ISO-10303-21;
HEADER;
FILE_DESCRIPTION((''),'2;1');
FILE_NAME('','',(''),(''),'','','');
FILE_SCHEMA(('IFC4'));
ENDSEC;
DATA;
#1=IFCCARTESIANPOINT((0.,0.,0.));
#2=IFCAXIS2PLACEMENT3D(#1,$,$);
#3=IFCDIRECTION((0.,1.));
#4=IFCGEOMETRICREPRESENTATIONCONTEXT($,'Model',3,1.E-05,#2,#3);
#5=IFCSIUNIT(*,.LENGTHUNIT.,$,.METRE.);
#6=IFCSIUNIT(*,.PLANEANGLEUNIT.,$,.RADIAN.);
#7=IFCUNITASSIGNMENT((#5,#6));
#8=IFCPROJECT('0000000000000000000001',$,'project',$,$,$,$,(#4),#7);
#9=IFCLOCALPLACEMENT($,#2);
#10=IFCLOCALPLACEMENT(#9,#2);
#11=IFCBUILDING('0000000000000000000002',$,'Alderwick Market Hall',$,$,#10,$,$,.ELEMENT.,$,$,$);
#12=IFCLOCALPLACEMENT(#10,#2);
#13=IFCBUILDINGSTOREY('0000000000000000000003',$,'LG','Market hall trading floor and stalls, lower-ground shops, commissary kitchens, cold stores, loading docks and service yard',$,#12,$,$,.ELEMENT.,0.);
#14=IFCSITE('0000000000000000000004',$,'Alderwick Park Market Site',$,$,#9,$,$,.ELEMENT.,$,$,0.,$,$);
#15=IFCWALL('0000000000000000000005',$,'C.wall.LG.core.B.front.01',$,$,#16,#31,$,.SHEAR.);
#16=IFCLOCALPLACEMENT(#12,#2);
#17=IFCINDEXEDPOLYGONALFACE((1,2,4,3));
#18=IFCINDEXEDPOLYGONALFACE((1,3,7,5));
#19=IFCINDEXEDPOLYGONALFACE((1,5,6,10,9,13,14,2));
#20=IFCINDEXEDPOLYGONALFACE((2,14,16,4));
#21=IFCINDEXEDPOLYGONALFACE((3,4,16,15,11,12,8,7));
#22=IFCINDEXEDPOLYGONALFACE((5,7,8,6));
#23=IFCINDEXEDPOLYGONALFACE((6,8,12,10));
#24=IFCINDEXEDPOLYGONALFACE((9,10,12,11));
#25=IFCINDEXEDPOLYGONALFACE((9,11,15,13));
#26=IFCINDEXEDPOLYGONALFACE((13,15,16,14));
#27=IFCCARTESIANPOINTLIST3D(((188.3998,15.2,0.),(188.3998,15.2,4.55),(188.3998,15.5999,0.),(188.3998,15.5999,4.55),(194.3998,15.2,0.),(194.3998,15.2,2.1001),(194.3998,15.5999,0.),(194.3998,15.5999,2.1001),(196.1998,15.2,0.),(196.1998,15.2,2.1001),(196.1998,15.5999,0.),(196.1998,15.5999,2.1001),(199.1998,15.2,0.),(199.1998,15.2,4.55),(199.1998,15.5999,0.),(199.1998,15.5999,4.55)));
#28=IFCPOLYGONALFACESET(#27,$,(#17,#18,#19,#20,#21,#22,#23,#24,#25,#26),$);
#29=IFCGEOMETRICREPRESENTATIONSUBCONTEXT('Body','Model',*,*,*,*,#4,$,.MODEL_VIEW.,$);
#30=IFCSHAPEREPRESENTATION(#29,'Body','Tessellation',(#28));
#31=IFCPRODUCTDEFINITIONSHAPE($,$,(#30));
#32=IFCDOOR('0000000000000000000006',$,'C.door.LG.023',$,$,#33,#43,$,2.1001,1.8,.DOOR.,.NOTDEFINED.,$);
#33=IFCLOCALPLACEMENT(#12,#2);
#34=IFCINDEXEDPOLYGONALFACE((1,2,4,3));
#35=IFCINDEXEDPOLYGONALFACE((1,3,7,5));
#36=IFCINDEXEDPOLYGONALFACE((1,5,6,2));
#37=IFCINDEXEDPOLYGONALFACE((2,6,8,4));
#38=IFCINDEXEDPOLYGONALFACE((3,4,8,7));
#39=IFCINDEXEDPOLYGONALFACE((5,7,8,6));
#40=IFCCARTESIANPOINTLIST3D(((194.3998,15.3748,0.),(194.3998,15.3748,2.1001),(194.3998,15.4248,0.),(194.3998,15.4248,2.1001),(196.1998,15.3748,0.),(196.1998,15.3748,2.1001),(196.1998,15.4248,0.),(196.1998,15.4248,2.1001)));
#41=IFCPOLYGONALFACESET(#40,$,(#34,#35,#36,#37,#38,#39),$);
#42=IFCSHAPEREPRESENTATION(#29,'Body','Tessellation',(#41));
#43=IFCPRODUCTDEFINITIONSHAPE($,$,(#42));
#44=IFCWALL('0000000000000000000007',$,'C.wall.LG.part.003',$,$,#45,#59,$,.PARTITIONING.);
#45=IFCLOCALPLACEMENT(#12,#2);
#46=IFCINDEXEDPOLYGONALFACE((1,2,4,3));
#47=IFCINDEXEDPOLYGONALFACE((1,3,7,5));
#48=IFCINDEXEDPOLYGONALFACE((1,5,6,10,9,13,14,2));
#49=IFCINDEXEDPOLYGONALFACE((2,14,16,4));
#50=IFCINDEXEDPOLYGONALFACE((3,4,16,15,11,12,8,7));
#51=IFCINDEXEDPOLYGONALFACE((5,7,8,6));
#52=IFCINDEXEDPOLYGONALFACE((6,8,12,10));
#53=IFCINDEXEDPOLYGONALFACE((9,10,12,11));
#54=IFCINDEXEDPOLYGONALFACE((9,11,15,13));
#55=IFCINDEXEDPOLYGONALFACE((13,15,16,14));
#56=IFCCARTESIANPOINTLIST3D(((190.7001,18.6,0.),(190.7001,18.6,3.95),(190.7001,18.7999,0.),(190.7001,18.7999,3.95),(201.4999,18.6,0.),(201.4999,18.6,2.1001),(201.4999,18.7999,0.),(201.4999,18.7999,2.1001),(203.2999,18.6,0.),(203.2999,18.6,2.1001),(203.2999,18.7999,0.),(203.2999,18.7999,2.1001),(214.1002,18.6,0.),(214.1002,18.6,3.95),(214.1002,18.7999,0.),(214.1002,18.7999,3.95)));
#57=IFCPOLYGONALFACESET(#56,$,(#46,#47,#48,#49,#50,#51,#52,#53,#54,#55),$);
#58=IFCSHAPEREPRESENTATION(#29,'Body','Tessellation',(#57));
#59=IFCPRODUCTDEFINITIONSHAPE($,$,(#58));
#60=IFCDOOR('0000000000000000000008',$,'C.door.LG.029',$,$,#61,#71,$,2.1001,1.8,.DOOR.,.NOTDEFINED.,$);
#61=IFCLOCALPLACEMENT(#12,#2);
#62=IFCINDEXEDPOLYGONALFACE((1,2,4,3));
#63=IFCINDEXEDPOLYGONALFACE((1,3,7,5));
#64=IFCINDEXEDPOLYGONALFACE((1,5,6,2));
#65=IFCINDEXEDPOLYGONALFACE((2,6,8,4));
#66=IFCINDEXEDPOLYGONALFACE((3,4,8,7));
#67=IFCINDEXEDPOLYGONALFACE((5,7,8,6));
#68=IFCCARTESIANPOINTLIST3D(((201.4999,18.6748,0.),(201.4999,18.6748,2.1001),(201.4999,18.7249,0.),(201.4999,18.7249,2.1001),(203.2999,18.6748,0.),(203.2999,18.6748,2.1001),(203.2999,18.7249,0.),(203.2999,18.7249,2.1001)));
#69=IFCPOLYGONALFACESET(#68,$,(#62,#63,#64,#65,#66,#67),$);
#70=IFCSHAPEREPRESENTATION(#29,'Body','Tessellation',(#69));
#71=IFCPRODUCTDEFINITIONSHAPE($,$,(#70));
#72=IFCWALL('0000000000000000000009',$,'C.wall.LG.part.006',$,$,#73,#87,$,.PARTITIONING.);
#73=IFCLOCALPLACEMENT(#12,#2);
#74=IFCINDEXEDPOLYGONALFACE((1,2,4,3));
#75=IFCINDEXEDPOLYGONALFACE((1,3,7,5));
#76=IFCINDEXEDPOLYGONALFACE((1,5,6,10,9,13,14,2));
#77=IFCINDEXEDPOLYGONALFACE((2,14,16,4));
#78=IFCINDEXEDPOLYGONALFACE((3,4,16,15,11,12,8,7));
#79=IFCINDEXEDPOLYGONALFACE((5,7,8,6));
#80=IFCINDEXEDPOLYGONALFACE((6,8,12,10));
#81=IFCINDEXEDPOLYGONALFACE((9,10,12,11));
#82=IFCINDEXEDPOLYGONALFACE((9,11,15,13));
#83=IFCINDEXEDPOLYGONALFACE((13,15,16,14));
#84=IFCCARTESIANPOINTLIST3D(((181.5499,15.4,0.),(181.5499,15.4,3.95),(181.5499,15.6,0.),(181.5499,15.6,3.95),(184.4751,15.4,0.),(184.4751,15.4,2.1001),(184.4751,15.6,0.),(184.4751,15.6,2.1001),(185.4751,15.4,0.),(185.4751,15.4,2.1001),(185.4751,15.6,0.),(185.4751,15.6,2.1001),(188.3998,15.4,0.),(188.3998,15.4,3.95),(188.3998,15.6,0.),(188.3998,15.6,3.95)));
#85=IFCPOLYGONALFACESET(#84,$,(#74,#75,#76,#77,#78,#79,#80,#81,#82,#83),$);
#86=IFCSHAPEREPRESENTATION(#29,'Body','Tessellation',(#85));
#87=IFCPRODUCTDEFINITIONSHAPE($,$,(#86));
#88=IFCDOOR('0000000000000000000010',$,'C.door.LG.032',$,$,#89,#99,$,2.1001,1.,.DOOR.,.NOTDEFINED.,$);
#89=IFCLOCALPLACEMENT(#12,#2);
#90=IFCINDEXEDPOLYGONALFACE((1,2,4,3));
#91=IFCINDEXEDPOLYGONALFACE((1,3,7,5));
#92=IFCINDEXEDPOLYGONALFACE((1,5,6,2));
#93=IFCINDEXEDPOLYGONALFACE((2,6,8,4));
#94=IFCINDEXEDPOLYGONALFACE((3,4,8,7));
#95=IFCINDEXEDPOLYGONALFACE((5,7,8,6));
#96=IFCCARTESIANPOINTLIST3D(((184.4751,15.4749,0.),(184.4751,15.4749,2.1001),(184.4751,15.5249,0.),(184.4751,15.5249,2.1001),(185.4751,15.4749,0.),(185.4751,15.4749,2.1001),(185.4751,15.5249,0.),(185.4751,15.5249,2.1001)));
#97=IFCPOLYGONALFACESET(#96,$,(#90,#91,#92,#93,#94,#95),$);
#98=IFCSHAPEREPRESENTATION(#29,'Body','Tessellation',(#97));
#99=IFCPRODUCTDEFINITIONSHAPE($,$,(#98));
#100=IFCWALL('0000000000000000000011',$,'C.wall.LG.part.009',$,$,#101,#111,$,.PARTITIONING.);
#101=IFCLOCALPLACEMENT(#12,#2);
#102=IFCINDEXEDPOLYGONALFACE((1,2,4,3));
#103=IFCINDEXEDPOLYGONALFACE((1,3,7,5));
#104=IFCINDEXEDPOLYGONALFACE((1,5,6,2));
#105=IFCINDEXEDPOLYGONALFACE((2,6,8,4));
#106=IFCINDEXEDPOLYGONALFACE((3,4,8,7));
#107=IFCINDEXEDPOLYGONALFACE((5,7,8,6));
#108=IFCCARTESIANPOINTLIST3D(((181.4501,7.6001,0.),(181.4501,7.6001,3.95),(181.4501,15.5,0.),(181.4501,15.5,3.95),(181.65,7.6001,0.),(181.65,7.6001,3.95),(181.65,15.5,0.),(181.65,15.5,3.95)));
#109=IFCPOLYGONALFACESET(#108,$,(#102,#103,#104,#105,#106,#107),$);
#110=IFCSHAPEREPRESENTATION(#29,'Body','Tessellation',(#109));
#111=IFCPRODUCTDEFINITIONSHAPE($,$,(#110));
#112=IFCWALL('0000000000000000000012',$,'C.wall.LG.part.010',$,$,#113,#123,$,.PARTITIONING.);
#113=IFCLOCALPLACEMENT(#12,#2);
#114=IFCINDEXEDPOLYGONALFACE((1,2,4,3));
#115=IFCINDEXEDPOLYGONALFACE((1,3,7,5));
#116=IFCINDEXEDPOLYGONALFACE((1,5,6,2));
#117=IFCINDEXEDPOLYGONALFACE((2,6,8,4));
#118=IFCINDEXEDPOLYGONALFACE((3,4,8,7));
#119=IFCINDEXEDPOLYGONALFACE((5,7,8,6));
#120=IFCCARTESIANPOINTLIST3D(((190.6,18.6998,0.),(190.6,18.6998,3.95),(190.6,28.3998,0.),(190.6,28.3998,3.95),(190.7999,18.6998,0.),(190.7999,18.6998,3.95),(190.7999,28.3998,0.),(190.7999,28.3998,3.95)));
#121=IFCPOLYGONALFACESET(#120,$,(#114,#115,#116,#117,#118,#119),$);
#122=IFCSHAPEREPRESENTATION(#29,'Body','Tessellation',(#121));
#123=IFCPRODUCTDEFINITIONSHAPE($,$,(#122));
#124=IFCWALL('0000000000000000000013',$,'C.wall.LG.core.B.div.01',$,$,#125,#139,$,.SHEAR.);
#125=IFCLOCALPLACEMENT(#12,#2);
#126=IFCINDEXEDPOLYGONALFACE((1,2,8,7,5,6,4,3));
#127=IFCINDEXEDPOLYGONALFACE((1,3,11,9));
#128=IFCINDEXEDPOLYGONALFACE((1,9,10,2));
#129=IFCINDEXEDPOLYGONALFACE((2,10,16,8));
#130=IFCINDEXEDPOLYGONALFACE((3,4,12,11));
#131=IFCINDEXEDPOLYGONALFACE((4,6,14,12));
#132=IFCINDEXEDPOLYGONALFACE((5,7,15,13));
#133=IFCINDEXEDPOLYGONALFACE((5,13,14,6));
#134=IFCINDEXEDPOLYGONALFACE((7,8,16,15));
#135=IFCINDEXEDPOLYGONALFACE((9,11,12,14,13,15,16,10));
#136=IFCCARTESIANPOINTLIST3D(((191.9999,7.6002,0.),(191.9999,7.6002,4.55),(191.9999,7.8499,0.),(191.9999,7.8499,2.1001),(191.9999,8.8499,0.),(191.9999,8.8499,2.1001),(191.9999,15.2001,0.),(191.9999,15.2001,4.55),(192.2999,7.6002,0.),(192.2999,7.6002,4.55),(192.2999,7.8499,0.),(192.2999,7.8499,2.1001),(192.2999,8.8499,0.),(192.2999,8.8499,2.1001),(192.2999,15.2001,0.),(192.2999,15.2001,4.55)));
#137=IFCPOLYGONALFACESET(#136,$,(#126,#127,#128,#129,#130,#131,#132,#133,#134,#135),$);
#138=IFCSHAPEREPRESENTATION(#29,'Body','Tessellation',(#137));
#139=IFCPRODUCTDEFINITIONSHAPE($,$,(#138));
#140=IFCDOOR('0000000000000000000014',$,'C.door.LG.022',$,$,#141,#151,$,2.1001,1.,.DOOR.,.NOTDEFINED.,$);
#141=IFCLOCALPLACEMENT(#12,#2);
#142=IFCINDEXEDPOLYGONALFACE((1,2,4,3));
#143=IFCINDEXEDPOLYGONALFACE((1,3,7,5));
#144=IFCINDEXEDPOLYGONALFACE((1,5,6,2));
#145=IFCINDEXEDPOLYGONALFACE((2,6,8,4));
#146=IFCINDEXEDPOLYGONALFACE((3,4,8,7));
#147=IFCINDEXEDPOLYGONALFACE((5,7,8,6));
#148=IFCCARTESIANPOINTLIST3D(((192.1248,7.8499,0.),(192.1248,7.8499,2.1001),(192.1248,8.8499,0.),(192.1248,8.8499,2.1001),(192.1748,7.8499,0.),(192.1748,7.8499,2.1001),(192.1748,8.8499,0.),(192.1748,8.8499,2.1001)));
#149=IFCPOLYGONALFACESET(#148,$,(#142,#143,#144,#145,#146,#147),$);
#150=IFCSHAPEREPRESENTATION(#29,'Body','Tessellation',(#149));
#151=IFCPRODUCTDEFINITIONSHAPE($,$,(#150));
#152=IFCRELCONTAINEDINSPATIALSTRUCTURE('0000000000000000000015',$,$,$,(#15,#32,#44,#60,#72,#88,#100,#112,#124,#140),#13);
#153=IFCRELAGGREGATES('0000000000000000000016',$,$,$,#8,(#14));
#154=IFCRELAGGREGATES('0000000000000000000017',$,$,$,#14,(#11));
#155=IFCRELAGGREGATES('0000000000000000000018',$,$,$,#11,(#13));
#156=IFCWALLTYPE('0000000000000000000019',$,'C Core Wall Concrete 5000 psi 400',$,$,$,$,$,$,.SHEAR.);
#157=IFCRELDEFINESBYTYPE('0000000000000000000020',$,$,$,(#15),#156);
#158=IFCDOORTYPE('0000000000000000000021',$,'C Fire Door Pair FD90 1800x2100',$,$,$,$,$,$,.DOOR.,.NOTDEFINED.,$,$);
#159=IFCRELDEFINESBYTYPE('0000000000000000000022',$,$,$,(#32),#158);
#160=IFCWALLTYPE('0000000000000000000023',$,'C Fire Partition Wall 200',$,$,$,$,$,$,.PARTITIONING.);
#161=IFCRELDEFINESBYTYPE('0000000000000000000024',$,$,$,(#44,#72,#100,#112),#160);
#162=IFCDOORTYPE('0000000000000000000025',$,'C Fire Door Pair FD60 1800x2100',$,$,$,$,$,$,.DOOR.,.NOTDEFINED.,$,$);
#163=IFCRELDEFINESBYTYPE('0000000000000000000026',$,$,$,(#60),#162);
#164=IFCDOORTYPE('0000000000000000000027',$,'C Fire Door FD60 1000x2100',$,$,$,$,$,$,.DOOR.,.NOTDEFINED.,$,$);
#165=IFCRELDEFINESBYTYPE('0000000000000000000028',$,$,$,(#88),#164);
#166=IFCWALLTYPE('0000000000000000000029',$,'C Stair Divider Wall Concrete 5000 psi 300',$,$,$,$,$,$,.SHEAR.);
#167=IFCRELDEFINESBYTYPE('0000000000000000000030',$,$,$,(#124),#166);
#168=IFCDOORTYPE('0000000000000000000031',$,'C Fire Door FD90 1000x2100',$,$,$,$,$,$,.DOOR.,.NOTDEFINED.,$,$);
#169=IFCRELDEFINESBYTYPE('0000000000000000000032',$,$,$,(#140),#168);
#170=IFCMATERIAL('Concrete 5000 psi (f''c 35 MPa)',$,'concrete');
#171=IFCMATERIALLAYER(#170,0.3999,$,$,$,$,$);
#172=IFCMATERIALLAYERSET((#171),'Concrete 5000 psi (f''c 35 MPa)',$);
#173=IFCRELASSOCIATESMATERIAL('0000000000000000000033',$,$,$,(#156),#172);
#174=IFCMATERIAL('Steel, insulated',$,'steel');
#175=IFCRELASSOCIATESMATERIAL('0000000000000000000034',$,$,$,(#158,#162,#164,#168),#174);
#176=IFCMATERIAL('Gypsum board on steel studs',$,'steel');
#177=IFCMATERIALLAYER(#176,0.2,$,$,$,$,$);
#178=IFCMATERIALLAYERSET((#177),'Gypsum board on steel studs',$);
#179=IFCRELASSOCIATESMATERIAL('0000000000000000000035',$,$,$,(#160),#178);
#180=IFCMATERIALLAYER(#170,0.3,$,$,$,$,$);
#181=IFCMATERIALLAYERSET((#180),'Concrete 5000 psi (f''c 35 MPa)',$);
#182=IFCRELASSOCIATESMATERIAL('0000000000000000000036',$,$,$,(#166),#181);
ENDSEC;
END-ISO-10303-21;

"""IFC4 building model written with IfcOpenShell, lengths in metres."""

from ifc_helpers import new_model, si_unit, direction, frame, frame_2d, origin, place, context, subcontext, project, spatial, rectangle, extrude, material, layer, layer_set, type_object, element, fill, save


model = new_model("IFC4")

# Units and contexts
model_context = context("Model", 3, precision=1e-05, world=origin(), true_north=direction((0.0, 1.0)))
body_context = subcontext(model_context, "Body", "Model", "MODEL_VIEW")
ifc_project = project(units=[si_unit("LENGTHUNIT", "METRE"), si_unit("PLANEANGLEUNIT", "RADIAN")], contexts=[model_context])

# Site, building, storey
site_placement = place(None, origin())
site = spatial("IfcSite", under=ifc_project, at=site_placement, Name="Alderwick Park Market Site", CompositionType="ELEMENT", RefElevation=0.0)
building_placement = place(site_placement, origin())
building = spatial("IfcBuilding", under=site, at=building_placement, Name="Alderwick Market Hall", CompositionType="ELEMENT")
storey_placement = place(building_placement, origin())
storey = spatial("IfcBuildingStorey", under=building, at=storey_placement, Name="LG", Description="Market hall trading floor and stalls, lower-ground shops, commissary kitchens, cold stores, loading docks and service yard", CompositionType="ELEMENT", Elevation=0.0)

# Shared definitions
ifc_material_1 = material(Name="Concrete 5000 psi (f'c 35 MPa)", Category="concrete")

# Walls, openings, doors
ifc_layer_1 = layer(ifc_material_1, 0.3999)
ifc_layer_set_1 = layer_set([ifc_layer_1], Name="Concrete 5000 psi (f'c 35 MPa)")
wall_type_1 = type_object("IfcWallType", Name="C Core Wall Concrete 5000 psi 400", PredefinedType="SHEAR", material=ifc_layer_set_1)
wall_1_placement = place(storey_placement, frame((188.3999, 15.3999, 0.0), z_axis=(0.0, 0.0, 1.0), x_axis=(1.0, 0.0, 0.0)))
wall_1 = element("IfcWall", 1, at=wall_1_placement, inside=storey, type_object=wall_type_1, Name="C.wall.LG.core.B.front.01", PredefinedType="SHEAR", context=body_context, shape_type="SweptSolid", body=[
    extrude(rectangle(XDim=10.8, YDim=0.3999, at=frame_2d((5.3999, 0.0))), origin(), (0.0, 0.0, 1.0), 4.55),
])
opening_1_placement = place(wall_1_placement, frame((6.0, 0.0, 0.0)))
opening_1 = element("IfcOpeningElement", 2, at=opening_1_placement, cuts=wall_1, PredefinedType="OPENING", context=body_context, shape_type="SweptSolid", body=[
    extrude(rectangle(XDim=1.8, YDim=2.1001, at=frame_2d((0.8999, 1.05))), frame((0.0, 0.21, 0.0), z_axis=(0.0, -1.0, 0.0), x_axis=(1.0, 0.0, 0.0)), (0.0, 0.0, 1.0), 0.4199),
])
ifc_material_2 = material(Name="Steel, insulated", Category="steel")
door_type_1 = type_object("IfcDoorType", Name="C Fire Door Pair FD90 1800x2100", OperationType="NOTDEFINED", PredefinedType="DOOR", material=ifc_material_2)
door_1_placement = place(opening_1_placement, origin())
door_1 = element("IfcDoor", 3, at=door_1_placement, inside=storey, type_object=door_type_1, Name="C.door.LG.023", OperationType="NOTDEFINED", OverallHeight=2.1001, OverallWidth=1.8, PredefinedType="DOOR", context=body_context, shape_type="SweptSolid", body=[
    extrude(rectangle(XDim=1.8, YDim=2.1001, at=frame_2d((0.8999, 1.05))), frame((0.0, 0.0249, 0.0), z_axis=(0.0, -1.0, 0.0), x_axis=(1.0, 0.0, 0.0)), (0.0, 0.0, 1.0), 0.05),
])
fill(opening_1, door_1)
ifc_material_3 = material(Name="Gypsum board on steel studs", Category="steel")
ifc_layer_2 = layer(ifc_material_3, 0.2)
ifc_layer_set_2 = layer_set([ifc_layer_2], Name="Gypsum board on steel studs")
wall_type_2 = type_object("IfcWallType", Name="C Fire Partition Wall 200", PredefinedType="PARTITIONING", material=ifc_layer_set_2)
wall_2_placement = place(storey_placement, frame((190.7, 18.7, 0.0), z_axis=(0.0, 0.0, 1.0), x_axis=(1.0, 0.0, 0.0)))
wall_2 = element("IfcWall", 4, at=wall_2_placement, inside=storey, type_object=wall_type_2, Name="C.wall.LG.part.003", PredefinedType="PARTITIONING", context=body_context, shape_type="SweptSolid", body=[
    extrude(rectangle(XDim=23.4001, YDim=0.2, at=frame_2d((11.7002, 0.0))), origin(), (0.0, 0.0, 1.0), 3.95),
])
opening_2_placement = place(wall_2_placement, frame((10.8, 0.0, 0.0)))
opening_2 = element("IfcOpeningElement", 5, at=opening_2_placement, cuts=wall_2, PredefinedType="OPENING", context=body_context, shape_type="SweptSolid", body=[
    extrude(rectangle(XDim=1.8, YDim=2.1001, at=frame_2d((0.8999, 1.05))), frame((0.0, 0.1099, 0.0), z_axis=(0.0, -1.0, 0.0), x_axis=(1.0, 0.0, 0.0)), (0.0, 0.0, 1.0), 0.22),
])
door_type_2 = type_object("IfcDoorType", Name="C Fire Door Pair FD60 1800x2100", OperationType="NOTDEFINED", PredefinedType="DOOR", material=ifc_material_2)
door_2_placement = place(opening_2_placement, origin())
door_2 = element("IfcDoor", 6, at=door_2_placement, inside=storey, type_object=door_type_2, Name="C.door.LG.029", OperationType="NOTDEFINED", OverallHeight=2.1001, OverallWidth=1.8, PredefinedType="DOOR", context=body_context, shape_type="SweptSolid", body=[
    extrude(rectangle(XDim=1.8, YDim=2.1001, at=frame_2d((0.8999, 1.05))), frame((0.0, 0.0249, 0.0), z_axis=(0.0, -1.0, 0.0), x_axis=(1.0, 0.0, 0.0)), (0.0, 0.0, 1.0), 0.05),
])
fill(opening_2, door_2)
wall_3_placement = place(storey_placement, frame((181.55, 15.5, 0.0), z_axis=(0.0, 0.0, 1.0), x_axis=(1.0, 0.0, 0.0)))
wall_3 = element("IfcWall", 7, at=wall_3_placement, inside=storey, type_object=wall_type_2, Name="C.wall.LG.part.006", PredefinedType="PARTITIONING", context=body_context, shape_type="SweptSolid", body=[
    extrude(rectangle(XDim=6.8499, YDim=0.2, at=frame_2d((3.4248, 0.0))), origin(), (0.0, 0.0, 1.0), 3.95),
])
opening_3_placement = place(wall_3_placement, frame((2.925, 0.0, 0.0)))
opening_3 = element("IfcOpeningElement", 8, at=opening_3_placement, cuts=wall_3, PredefinedType="OPENING", context=body_context, shape_type="SweptSolid", body=[
    extrude(rectangle(XDim=1.0, YDim=2.1001, at=frame_2d((0.5, 1.05))), frame((0.0, 0.1099, 0.0), z_axis=(0.0, -1.0, 0.0), x_axis=(1.0, 0.0, 0.0)), (0.0, 0.0, 1.0), 0.22),
])
door_type_3 = type_object("IfcDoorType", Name="C Fire Door FD60 1000x2100", OperationType="NOTDEFINED", PredefinedType="DOOR", material=ifc_material_2)
door_3_placement = place(opening_3_placement, origin())
door_3 = element("IfcDoor", 9, at=door_3_placement, inside=storey, type_object=door_type_3, Name="C.door.LG.032", OperationType="NOTDEFINED", OverallHeight=2.1001, OverallWidth=1.0, PredefinedType="DOOR", context=body_context, shape_type="SweptSolid", body=[
    extrude(rectangle(XDim=1.0, YDim=2.1001, at=frame_2d((0.5, 1.05))), frame((0.0, 0.0249, 0.0), z_axis=(0.0, -1.0, 0.0), x_axis=(1.0, 0.0, 0.0)), (0.0, 0.0, 1.0), 0.05),
])
fill(opening_3, door_3)

# Walls
wall_4_placement = place(storey_placement, frame((181.55, 15.5, 0.0), z_axis=(0.0, 0.0, 1.0), x_axis=(0.0, -1.0, 0.0)))
element("IfcWall", 10, at=wall_4_placement, inside=storey, type_object=wall_type_2, Name="C.wall.LG.part.009", PredefinedType="PARTITIONING", context=body_context, shape_type="SweptSolid", body=[
    extrude(rectangle(XDim=7.8999, YDim=0.2, at=frame_2d((3.95, 0.0))), origin(), (0.0, 0.0, 1.0), 3.95),
])
wall_5_placement = place(storey_placement, frame((190.7, 28.3999, 0.0), z_axis=(0.0, 0.0, 1.0), x_axis=(0.0, -1.0, 0.0)))
element("IfcWall", 11, at=wall_5_placement, inside=storey, type_object=wall_type_2, Name="C.wall.LG.part.010", PredefinedType="PARTITIONING", context=body_context, shape_type="SweptSolid", body=[
    extrude(rectangle(XDim=9.7, YDim=0.2, at=frame_2d((4.8501, 0.0))), origin(), (0.0, 0.0, 1.0), 3.95),
])

# Wall, opening, door
ifc_layer_3 = layer(ifc_material_1, 0.3)
ifc_layer_set_3 = layer_set([ifc_layer_3], Name="Concrete 5000 psi (f'c 35 MPa)")
wall_type_3 = type_object("IfcWallType", Name="C Stair Divider Wall Concrete 5000 psi 300", PredefinedType="SHEAR", material=ifc_layer_set_3)
wall_6_placement = place(storey_placement, frame((192.1499, 15.2, 0.0), z_axis=(0.0, 0.0, 1.0), x_axis=(0.0, -1.0, 0.0)))
wall_6 = element("IfcWall", 12, at=wall_6_placement, inside=storey, type_object=wall_type_3, Name="C.wall.LG.core.B.div.01", PredefinedType="SHEAR", context=body_context, shape_type="SweptSolid", body=[
    extrude(rectangle(XDim=7.5999, YDim=0.3, at=frame_2d((3.7998, 0.0))), origin(), (0.0, 0.0, 1.0), 4.55),
])
opening_4_placement = place(wall_6_placement, frame((6.3501, 0.0, 0.0)))
opening_4 = element("IfcOpeningElement", 13, at=opening_4_placement, cuts=wall_6, PredefinedType="OPENING", context=body_context, shape_type="SweptSolid", body=[
    extrude(rectangle(XDim=1.0, YDim=2.1001, at=frame_2d((0.5, 1.05))), frame((0.0, 0.1599, 0.0), z_axis=(0.0, -1.0, 0.0), x_axis=(1.0, 0.0, 0.0)), (0.0, 0.0, 1.0), 0.3201),
])
door_type_4 = type_object("IfcDoorType", Name="C Fire Door FD90 1000x2100", OperationType="NOTDEFINED", PredefinedType="DOOR", material=ifc_material_2)
door_4_placement = place(opening_4_placement, origin())
door_4 = element("IfcDoor", 14, at=door_4_placement, inside=storey, type_object=door_type_4, Name="C.door.LG.022", OperationType="NOTDEFINED", OverallHeight=2.1001, OverallWidth=1.0, PredefinedType="DOOR", context=body_context, shape_type="SweptSolid", body=[
    extrude(rectangle(XDim=1.0, YDim=2.1001, at=frame_2d((0.5, 1.05))), frame((0.0, 0.0249, 0.0), z_axis=(0.0, -1.0, 0.0), x_axis=(1.0, 0.0, 0.0)), (0.0, 0.0, 1.0), 0.05),
])
fill(opening_4, door_4)

save(model, "model.ifc")
